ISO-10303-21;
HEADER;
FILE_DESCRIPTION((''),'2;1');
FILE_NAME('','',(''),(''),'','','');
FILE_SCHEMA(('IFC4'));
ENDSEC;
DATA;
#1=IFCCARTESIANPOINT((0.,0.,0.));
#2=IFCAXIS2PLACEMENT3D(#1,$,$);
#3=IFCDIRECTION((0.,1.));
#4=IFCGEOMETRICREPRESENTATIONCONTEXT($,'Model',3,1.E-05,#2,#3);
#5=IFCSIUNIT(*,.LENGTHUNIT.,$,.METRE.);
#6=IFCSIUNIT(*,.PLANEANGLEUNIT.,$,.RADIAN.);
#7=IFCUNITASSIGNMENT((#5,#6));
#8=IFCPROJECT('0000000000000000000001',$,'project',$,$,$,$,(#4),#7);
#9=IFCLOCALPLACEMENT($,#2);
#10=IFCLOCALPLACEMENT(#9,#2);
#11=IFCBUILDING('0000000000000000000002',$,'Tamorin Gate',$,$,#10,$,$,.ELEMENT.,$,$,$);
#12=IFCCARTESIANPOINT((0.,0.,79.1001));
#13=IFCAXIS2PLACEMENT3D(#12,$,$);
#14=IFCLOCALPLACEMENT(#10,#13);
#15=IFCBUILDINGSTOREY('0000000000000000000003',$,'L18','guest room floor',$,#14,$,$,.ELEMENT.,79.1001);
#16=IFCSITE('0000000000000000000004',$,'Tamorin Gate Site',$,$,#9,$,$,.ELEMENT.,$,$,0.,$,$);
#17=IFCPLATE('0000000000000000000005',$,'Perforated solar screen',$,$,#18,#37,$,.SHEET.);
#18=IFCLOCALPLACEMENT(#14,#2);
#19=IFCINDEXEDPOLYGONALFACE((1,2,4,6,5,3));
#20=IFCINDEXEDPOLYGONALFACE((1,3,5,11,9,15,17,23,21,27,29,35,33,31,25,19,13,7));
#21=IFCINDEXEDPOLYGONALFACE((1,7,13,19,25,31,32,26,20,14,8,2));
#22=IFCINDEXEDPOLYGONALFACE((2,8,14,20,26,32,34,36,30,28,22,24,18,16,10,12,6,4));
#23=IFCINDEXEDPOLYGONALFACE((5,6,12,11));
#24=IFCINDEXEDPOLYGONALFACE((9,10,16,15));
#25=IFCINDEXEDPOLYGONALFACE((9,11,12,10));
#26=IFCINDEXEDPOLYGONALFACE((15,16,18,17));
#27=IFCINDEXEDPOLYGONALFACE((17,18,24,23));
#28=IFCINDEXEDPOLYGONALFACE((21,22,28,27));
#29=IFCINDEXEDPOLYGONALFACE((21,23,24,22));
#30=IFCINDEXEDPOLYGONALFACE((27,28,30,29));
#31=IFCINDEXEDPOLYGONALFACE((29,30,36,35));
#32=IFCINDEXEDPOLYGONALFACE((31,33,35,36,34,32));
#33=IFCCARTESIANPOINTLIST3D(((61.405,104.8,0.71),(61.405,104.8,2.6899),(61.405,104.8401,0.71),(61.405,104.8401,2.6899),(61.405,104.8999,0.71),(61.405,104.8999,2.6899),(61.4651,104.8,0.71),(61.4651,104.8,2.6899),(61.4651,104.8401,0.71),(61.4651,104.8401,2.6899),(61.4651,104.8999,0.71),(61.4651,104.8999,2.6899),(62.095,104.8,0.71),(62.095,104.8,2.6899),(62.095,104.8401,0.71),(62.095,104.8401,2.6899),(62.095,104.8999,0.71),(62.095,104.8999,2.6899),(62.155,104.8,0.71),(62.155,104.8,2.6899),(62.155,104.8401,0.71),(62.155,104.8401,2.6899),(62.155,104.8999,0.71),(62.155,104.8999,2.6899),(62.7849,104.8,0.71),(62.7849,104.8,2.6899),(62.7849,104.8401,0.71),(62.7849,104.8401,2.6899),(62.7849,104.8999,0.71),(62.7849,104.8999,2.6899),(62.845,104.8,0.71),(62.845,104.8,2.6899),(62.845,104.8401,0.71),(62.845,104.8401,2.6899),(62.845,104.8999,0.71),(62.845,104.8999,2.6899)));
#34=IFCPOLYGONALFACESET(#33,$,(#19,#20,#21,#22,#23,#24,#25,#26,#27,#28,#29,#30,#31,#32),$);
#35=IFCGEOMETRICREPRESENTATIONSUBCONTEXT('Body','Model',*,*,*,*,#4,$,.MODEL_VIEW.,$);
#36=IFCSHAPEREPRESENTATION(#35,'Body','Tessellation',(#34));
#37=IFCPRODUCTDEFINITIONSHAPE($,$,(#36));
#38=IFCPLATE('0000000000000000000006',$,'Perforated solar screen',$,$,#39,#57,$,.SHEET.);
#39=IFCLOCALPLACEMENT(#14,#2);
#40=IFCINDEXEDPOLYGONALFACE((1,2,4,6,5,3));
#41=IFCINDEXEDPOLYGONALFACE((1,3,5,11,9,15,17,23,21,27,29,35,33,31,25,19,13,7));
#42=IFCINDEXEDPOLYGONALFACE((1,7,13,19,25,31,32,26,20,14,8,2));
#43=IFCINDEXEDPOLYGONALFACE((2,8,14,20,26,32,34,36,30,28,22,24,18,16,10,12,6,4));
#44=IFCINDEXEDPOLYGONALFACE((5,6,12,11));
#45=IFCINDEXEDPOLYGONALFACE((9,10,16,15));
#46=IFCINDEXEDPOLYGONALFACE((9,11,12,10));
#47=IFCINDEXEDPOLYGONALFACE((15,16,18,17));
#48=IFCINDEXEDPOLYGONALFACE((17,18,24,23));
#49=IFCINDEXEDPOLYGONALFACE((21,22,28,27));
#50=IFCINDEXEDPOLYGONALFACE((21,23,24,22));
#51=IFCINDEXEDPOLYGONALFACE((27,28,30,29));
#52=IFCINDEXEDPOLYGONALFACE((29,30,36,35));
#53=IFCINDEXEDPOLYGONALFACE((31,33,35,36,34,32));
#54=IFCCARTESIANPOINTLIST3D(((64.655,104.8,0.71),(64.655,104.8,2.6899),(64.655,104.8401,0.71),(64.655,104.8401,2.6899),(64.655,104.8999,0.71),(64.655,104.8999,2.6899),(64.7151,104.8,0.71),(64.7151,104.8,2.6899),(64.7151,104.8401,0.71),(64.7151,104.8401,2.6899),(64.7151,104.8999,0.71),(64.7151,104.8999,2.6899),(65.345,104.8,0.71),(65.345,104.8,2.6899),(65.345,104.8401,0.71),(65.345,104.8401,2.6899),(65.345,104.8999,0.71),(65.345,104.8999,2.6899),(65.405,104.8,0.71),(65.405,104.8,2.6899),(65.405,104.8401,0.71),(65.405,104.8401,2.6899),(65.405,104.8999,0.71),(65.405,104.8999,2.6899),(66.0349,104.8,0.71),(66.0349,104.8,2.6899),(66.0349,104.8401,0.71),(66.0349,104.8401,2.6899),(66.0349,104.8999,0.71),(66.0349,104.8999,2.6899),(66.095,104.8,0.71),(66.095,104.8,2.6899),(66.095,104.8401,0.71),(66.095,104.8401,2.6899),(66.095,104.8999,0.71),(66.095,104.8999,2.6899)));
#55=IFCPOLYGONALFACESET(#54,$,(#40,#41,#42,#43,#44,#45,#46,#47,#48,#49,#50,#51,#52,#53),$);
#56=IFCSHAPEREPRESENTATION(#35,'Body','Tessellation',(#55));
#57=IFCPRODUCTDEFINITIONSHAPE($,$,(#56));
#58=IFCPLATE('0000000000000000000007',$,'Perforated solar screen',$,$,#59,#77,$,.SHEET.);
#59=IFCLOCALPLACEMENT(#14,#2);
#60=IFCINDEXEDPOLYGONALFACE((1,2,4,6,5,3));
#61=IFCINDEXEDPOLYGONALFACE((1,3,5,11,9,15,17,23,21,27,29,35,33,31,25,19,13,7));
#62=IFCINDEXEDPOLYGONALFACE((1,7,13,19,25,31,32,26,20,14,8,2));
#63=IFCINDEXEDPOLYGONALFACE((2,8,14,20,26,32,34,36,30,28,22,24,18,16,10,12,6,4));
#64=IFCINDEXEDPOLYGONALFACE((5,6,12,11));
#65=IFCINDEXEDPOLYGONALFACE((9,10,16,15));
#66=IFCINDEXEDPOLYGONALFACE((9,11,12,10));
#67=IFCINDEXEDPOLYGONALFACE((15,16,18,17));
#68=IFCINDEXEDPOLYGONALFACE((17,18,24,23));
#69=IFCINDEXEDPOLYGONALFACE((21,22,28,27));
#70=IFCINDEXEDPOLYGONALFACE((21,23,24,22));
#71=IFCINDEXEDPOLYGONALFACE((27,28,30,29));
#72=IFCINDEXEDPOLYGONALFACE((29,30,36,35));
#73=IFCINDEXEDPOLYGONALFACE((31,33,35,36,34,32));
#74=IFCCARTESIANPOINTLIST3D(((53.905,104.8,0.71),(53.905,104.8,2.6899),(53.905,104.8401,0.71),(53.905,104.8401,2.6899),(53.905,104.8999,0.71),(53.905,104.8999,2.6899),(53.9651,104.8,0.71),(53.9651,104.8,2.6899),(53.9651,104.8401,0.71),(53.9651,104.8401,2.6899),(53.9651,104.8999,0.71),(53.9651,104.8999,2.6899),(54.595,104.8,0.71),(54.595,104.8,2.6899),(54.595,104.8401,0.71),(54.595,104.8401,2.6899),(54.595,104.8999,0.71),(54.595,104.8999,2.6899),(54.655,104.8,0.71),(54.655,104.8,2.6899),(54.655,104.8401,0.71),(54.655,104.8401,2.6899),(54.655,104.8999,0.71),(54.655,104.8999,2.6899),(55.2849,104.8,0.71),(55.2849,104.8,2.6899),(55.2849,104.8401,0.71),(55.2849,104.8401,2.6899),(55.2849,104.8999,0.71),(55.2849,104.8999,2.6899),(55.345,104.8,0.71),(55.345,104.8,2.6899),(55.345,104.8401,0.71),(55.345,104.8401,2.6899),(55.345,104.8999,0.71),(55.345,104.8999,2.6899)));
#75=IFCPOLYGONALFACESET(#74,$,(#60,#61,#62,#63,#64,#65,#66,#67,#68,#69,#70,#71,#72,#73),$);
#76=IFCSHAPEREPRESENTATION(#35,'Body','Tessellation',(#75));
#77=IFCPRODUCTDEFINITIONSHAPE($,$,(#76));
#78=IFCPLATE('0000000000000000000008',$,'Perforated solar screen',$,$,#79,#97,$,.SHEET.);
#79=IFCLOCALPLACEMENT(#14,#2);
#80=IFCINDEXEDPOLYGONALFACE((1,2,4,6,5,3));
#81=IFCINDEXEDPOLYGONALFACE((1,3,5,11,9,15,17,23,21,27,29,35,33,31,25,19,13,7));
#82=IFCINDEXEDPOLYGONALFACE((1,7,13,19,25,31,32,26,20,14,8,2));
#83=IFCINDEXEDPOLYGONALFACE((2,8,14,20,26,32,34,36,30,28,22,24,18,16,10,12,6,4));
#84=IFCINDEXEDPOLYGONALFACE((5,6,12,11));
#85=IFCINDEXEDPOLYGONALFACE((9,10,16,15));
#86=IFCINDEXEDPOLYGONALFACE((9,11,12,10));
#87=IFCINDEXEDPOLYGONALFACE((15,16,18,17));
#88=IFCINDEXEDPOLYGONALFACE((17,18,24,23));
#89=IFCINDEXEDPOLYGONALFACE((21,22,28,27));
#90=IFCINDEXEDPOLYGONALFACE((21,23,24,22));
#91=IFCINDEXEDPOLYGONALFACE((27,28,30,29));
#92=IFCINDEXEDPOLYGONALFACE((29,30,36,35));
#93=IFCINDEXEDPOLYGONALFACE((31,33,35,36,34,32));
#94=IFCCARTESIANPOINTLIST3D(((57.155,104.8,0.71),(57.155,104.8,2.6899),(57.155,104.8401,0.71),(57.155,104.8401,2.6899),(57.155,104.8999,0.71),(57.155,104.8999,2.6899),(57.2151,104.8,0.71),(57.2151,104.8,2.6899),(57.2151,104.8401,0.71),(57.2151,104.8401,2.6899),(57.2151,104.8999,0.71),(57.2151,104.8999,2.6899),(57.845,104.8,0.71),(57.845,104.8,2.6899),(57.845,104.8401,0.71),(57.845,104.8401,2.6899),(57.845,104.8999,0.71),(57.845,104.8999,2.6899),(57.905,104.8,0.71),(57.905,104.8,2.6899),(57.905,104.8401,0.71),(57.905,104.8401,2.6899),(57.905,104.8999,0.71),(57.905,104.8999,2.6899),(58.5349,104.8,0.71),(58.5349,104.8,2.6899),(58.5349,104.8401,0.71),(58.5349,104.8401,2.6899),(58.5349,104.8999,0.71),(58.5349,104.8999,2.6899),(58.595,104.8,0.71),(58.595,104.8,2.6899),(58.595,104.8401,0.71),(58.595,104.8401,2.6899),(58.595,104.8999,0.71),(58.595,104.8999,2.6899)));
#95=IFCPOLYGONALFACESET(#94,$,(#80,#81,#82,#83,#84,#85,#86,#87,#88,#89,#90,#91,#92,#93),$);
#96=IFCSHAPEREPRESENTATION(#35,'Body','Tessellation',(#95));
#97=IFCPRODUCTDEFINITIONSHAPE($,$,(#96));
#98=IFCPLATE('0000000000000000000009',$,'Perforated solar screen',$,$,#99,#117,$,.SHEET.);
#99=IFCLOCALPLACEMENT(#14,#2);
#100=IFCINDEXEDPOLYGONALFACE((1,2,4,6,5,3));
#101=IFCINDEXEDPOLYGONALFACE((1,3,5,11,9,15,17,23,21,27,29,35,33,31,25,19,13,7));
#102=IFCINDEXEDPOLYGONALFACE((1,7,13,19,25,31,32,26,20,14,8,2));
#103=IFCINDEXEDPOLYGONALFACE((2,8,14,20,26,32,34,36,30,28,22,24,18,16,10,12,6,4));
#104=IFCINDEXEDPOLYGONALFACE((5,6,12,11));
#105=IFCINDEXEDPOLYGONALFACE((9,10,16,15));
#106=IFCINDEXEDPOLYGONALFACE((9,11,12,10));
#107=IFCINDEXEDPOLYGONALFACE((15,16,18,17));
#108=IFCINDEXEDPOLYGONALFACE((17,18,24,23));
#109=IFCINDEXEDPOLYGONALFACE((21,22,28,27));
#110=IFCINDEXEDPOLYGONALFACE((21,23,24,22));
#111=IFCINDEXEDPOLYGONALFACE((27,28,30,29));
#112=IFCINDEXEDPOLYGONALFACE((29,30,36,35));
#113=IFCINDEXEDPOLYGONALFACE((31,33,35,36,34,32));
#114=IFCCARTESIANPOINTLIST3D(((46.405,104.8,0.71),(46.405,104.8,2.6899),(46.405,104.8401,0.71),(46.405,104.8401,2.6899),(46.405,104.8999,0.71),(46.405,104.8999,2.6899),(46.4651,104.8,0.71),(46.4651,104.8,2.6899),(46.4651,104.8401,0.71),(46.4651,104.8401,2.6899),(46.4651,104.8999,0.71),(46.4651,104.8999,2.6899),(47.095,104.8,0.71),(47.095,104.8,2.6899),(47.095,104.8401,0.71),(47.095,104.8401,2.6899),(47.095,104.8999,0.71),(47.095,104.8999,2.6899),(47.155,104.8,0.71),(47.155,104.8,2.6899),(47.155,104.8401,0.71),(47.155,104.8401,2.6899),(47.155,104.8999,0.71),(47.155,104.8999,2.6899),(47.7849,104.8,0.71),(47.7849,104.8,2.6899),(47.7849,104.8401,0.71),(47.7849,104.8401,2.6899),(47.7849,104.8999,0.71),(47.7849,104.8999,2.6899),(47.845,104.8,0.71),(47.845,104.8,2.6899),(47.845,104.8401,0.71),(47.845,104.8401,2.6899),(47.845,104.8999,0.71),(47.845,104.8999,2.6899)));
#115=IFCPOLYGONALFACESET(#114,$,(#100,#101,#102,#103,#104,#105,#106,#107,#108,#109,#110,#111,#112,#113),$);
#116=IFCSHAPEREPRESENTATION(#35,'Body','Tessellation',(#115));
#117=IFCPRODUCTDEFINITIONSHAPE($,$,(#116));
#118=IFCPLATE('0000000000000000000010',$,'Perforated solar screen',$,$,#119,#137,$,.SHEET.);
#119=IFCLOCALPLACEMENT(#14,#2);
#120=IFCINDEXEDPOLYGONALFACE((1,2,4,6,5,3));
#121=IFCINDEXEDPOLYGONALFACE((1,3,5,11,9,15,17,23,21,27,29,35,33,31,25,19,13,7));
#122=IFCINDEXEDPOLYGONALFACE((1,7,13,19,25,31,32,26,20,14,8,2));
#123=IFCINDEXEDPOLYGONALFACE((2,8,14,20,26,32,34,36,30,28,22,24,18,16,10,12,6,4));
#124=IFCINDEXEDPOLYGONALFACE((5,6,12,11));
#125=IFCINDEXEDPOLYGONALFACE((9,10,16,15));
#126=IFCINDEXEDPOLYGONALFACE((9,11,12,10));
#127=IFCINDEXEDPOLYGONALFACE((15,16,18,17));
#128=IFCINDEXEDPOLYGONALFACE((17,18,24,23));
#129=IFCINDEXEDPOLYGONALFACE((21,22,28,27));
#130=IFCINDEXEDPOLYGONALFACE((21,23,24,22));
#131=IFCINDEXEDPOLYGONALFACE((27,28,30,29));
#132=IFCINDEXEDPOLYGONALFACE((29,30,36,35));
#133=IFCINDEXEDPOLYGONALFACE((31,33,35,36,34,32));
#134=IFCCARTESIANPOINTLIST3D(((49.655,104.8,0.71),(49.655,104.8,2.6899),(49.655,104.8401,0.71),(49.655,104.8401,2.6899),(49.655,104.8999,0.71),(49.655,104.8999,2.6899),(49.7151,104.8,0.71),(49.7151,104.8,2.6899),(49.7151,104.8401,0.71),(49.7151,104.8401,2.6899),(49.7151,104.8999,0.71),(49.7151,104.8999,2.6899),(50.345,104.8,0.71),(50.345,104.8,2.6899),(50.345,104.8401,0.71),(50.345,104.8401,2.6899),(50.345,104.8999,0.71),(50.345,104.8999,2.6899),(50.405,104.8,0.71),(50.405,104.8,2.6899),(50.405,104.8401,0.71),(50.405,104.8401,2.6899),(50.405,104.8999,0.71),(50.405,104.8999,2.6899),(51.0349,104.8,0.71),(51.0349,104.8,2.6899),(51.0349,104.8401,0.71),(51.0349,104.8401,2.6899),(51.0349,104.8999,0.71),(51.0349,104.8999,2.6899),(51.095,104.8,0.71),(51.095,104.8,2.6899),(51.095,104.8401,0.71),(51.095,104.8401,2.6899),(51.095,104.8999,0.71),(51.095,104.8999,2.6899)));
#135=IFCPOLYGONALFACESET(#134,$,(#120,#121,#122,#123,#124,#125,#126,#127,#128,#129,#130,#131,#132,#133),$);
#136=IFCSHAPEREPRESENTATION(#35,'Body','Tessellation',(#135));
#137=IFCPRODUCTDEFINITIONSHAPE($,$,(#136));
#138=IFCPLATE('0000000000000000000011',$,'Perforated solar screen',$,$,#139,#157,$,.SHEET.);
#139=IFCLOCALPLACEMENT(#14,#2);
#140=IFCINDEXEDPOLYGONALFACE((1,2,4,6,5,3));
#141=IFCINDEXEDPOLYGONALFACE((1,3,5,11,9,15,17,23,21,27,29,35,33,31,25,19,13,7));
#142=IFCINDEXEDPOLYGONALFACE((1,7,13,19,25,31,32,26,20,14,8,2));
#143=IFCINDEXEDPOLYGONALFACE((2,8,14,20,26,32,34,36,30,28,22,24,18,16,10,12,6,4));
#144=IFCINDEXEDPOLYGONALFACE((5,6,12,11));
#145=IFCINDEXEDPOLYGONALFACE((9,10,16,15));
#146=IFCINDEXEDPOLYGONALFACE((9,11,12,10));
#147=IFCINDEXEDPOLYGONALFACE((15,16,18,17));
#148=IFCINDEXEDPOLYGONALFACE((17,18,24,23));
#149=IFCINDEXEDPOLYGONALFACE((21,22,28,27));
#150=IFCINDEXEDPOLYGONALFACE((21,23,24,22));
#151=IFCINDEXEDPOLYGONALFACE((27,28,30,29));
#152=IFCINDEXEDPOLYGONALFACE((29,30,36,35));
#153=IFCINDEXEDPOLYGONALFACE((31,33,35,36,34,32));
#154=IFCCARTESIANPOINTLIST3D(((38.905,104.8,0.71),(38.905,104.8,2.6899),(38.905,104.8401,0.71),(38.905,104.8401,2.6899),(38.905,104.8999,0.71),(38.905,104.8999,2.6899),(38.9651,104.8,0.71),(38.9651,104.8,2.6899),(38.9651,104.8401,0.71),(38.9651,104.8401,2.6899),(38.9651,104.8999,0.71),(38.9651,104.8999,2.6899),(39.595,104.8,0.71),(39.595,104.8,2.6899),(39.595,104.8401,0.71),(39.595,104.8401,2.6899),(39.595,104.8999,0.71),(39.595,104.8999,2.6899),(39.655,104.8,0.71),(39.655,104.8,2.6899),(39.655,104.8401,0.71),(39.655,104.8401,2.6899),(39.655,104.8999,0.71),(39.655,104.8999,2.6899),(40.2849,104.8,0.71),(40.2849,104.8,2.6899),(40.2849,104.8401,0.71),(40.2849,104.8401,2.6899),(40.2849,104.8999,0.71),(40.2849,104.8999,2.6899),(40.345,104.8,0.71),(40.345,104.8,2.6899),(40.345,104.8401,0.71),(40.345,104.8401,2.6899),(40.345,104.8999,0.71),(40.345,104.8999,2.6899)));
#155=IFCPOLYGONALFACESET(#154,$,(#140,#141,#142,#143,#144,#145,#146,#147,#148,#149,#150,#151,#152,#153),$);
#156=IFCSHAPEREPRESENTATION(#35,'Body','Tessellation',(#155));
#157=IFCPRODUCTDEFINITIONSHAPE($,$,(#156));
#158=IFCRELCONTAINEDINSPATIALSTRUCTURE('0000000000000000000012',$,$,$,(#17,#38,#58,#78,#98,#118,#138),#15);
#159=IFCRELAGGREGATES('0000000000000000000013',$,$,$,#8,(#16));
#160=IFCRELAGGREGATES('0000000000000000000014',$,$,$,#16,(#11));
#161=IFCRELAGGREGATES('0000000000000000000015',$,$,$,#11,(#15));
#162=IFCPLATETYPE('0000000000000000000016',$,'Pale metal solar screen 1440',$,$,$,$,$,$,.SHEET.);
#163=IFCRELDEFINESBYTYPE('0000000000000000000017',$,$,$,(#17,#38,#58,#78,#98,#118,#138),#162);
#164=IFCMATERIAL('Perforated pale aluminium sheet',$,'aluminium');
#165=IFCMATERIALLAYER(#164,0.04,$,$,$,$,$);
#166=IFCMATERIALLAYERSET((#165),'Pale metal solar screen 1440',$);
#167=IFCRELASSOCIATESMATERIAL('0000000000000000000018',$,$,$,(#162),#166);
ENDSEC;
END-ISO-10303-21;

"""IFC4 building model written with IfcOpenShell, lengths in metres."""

from ifc_helpers import new_model, si_unit, direction, frame, origin, place, context, subcontext, project, spatial, polyline, outline, extrude, material, layer, layer_set, type_object, element, save


model = new_model("IFC4")

# Units and contexts
model_context = context("Model", 3, precision=1e-05, world=origin(), true_north=direction((0.0, 1.0)))
body_context = subcontext(model_context, "Body", "Model", "MODEL_VIEW")
ifc_project = project(units=[si_unit("LENGTHUNIT", "METRE"), si_unit("PLANEANGLEUNIT", "RADIAN")], contexts=[model_context])

# Site, building, storey
site_placement = place(None, origin())
site = spatial("IfcSite", under=ifc_project, at=site_placement, Name="Tamorin Gate Site", CompositionType="ELEMENT", RefElevation=0.0)
building_placement = place(site_placement, origin())
building = spatial("IfcBuilding", under=site, at=building_placement, Name="Tamorin Gate", CompositionType="ELEMENT")
storey_placement = place(building_placement, frame((0.0, 0.0, 79.1001)))
storey = spatial("IfcBuildingStorey", under=building, at=storey_placement, Name="L18", Description="guest room floor", CompositionType="ELEMENT", Elevation=79.1001)

# Plates
ifc_material = material(Name="Perforated pale aluminium sheet", Category="aluminium")
ifc_layer = layer(ifc_material, 0.04)
ifc_layer_set = layer_set([ifc_layer], Name="Pale metal solar screen 1440")
plate_type = type_object("IfcPlateType", Name="Pale metal solar screen 1440", PredefinedType="SHEET", material=ifc_layer_set)
plate_1_placement = place(storey_placement, frame((0.0, 0.0, 0.71)))
element("IfcPlate", 1, at=plate_1_placement, inside=storey, type_object=plate_type, Name="Perforated solar screen", PredefinedType="SHEET", context=body_context, shape_type="SweptSolid", body=[
    extrude(outline(polyline([(62.845, 104.8401), (62.845, 104.8), (62.7849, 104.8), (62.155, 104.8), (62.095, 104.8), (61.4651, 104.8), (61.405, 104.8), (61.405, 104.8401), (61.405, 104.8999), (61.4651, 104.8999), (61.4651, 104.8401), (62.095, 104.8401), (62.095, 104.8999), (62.155, 104.8999), (62.155, 104.8401), (62.7849, 104.8401), (62.7849, 104.8999), (62.845, 104.8999), (62.845, 104.8401)])), origin(), (0.0, 0.0, 1.0), 1.98),
])
plate_2_placement = place(storey_placement, frame((0.0, 0.0, 0.71)))
element("IfcPlate", 2, at=plate_2_placement, inside=storey, type_object=plate_type, Name="Perforated solar screen", PredefinedType="SHEET", context=body_context, shape_type="SweptSolid", body=[
    extrude(outline(polyline([(66.095, 104.8401), (66.095, 104.8), (66.0349, 104.8), (65.405, 104.8), (65.345, 104.8), (64.7151, 104.8), (64.655, 104.8), (64.655, 104.8401), (64.655, 104.8999), (64.7151, 104.8999), (64.7151, 104.8401), (65.345, 104.8401), (65.345, 104.8999), (65.405, 104.8999), (65.405, 104.8401), (66.0349, 104.8401), (66.0349, 104.8999), (66.095, 104.8999), (66.095, 104.8401)])), origin(), (0.0, 0.0, 1.0), 1.98),
])
plate_3_placement = place(storey_placement, frame((0.0, 0.0, 0.71)))
element("IfcPlate", 3, at=plate_3_placement, inside=storey, type_object=plate_type, Name="Perforated solar screen", PredefinedType="SHEET", context=body_context, shape_type="SweptSolid", body=[
    extrude(outline(polyline([(55.345, 104.8401), (55.345, 104.8), (55.2849, 104.8), (54.655, 104.8), (54.595, 104.8), (53.9651, 104.8), (53.905, 104.8), (53.905, 104.8401), (53.905, 104.8999), (53.9651, 104.8999), (53.9651, 104.8401), (54.595, 104.8401), (54.595, 104.8999), (54.655, 104.8999), (54.655, 104.8401), (55.2849, 104.8401), (55.2849, 104.8999), (55.345, 104.8999), (55.345, 104.8401)])), origin(), (0.0, 0.0, 1.0), 1.98),
])
plate_4_placement = place(storey_placement, frame((0.0, 0.0, 0.71)))
element("IfcPlate", 4, at=plate_4_placement, inside=storey, type_object=plate_type, Name="Perforated solar screen", PredefinedType="SHEET", context=body_context, shape_type="SweptSolid", body=[
    extrude(outline(polyline([(58.595, 104.8401), (58.595, 104.8), (58.5349, 104.8), (57.905, 104.8), (57.845, 104.8), (57.2151, 104.8), (57.155, 104.8), (57.155, 104.8401), (57.155, 104.8999), (57.2151, 104.8999), (57.2151, 104.8401), (57.845, 104.8401), (57.845, 104.8999), (57.905, 104.8999), (57.905, 104.8401), (58.5349, 104.8401), (58.5349, 104.8999), (58.595, 104.8999), (58.595, 104.8401)])), origin(), (0.0, 0.0, 1.0), 1.98),
])
plate_5_placement = place(storey_placement, frame((0.0, 0.0, 0.71)))
element("IfcPlate", 5, at=plate_5_placement, inside=storey, type_object=plate_type, Name="Perforated solar screen", PredefinedType="SHEET", context=body_context, shape_type="SweptSolid", body=[
    extrude(outline(polyline([(47.845, 104.8401), (47.845, 104.8), (47.7849, 104.8), (47.155, 104.8), (47.095, 104.8), (46.4651, 104.8), (46.405, 104.8), (46.405, 104.8401), (46.405, 104.8999), (46.4651, 104.8999), (46.4651, 104.8401), (47.095, 104.8401), (47.095, 104.8999), (47.155, 104.8999), (47.155, 104.8401), (47.7849, 104.8401), (47.7849, 104.8999), (47.845, 104.8999), (47.845, 104.8401)])), origin(), (0.0, 0.0, 1.0), 1.98),
])
plate_6_placement = place(storey_placement, frame((0.0, 0.0, 0.71)))
element("IfcPlate", 6, at=plate_6_placement, inside=storey, type_object=plate_type, Name="Perforated solar screen", PredefinedType="SHEET", context=body_context, shape_type="SweptSolid", body=[
    extrude(outline(polyline([(51.095, 104.8401), (51.095, 104.8), (51.0349, 104.8), (50.405, 104.8), (50.345, 104.8), (49.7151, 104.8), (49.655, 104.8), (49.655, 104.8401), (49.655, 104.8999), (49.7151, 104.8999), (49.7151, 104.8401), (50.345, 104.8401), (50.345, 104.8999), (50.405, 104.8999), (50.405, 104.8401), (51.0349, 104.8401), (51.0349, 104.8999), (51.095, 104.8999), (51.095, 104.8401)])), origin(), (0.0, 0.0, 1.0), 1.98),
])
plate_7_placement = place(storey_placement, frame((0.0, 0.0, 0.71)))
element("IfcPlate", 7, at=plate_7_placement, inside=storey, type_object=plate_type, Name="Perforated solar screen", PredefinedType="SHEET", context=body_context, shape_type="SweptSolid", body=[
    extrude(outline(polyline([(40.345, 104.8401), (40.345, 104.8), (40.2849, 104.8), (39.655, 104.8), (39.595, 104.8), (38.9651, 104.8), (38.905, 104.8), (38.905, 104.8401), (38.905, 104.8999), (38.9651, 104.8999), (38.9651, 104.8401), (39.595, 104.8401), (39.595, 104.8999), (39.655, 104.8999), (39.655, 104.8401), (40.2849, 104.8401), (40.2849, 104.8999), (40.345, 104.8999), (40.345, 104.8401)])), origin(), (0.0, 0.0, 1.0), 1.98),
])

save(model, "model.ifc")
